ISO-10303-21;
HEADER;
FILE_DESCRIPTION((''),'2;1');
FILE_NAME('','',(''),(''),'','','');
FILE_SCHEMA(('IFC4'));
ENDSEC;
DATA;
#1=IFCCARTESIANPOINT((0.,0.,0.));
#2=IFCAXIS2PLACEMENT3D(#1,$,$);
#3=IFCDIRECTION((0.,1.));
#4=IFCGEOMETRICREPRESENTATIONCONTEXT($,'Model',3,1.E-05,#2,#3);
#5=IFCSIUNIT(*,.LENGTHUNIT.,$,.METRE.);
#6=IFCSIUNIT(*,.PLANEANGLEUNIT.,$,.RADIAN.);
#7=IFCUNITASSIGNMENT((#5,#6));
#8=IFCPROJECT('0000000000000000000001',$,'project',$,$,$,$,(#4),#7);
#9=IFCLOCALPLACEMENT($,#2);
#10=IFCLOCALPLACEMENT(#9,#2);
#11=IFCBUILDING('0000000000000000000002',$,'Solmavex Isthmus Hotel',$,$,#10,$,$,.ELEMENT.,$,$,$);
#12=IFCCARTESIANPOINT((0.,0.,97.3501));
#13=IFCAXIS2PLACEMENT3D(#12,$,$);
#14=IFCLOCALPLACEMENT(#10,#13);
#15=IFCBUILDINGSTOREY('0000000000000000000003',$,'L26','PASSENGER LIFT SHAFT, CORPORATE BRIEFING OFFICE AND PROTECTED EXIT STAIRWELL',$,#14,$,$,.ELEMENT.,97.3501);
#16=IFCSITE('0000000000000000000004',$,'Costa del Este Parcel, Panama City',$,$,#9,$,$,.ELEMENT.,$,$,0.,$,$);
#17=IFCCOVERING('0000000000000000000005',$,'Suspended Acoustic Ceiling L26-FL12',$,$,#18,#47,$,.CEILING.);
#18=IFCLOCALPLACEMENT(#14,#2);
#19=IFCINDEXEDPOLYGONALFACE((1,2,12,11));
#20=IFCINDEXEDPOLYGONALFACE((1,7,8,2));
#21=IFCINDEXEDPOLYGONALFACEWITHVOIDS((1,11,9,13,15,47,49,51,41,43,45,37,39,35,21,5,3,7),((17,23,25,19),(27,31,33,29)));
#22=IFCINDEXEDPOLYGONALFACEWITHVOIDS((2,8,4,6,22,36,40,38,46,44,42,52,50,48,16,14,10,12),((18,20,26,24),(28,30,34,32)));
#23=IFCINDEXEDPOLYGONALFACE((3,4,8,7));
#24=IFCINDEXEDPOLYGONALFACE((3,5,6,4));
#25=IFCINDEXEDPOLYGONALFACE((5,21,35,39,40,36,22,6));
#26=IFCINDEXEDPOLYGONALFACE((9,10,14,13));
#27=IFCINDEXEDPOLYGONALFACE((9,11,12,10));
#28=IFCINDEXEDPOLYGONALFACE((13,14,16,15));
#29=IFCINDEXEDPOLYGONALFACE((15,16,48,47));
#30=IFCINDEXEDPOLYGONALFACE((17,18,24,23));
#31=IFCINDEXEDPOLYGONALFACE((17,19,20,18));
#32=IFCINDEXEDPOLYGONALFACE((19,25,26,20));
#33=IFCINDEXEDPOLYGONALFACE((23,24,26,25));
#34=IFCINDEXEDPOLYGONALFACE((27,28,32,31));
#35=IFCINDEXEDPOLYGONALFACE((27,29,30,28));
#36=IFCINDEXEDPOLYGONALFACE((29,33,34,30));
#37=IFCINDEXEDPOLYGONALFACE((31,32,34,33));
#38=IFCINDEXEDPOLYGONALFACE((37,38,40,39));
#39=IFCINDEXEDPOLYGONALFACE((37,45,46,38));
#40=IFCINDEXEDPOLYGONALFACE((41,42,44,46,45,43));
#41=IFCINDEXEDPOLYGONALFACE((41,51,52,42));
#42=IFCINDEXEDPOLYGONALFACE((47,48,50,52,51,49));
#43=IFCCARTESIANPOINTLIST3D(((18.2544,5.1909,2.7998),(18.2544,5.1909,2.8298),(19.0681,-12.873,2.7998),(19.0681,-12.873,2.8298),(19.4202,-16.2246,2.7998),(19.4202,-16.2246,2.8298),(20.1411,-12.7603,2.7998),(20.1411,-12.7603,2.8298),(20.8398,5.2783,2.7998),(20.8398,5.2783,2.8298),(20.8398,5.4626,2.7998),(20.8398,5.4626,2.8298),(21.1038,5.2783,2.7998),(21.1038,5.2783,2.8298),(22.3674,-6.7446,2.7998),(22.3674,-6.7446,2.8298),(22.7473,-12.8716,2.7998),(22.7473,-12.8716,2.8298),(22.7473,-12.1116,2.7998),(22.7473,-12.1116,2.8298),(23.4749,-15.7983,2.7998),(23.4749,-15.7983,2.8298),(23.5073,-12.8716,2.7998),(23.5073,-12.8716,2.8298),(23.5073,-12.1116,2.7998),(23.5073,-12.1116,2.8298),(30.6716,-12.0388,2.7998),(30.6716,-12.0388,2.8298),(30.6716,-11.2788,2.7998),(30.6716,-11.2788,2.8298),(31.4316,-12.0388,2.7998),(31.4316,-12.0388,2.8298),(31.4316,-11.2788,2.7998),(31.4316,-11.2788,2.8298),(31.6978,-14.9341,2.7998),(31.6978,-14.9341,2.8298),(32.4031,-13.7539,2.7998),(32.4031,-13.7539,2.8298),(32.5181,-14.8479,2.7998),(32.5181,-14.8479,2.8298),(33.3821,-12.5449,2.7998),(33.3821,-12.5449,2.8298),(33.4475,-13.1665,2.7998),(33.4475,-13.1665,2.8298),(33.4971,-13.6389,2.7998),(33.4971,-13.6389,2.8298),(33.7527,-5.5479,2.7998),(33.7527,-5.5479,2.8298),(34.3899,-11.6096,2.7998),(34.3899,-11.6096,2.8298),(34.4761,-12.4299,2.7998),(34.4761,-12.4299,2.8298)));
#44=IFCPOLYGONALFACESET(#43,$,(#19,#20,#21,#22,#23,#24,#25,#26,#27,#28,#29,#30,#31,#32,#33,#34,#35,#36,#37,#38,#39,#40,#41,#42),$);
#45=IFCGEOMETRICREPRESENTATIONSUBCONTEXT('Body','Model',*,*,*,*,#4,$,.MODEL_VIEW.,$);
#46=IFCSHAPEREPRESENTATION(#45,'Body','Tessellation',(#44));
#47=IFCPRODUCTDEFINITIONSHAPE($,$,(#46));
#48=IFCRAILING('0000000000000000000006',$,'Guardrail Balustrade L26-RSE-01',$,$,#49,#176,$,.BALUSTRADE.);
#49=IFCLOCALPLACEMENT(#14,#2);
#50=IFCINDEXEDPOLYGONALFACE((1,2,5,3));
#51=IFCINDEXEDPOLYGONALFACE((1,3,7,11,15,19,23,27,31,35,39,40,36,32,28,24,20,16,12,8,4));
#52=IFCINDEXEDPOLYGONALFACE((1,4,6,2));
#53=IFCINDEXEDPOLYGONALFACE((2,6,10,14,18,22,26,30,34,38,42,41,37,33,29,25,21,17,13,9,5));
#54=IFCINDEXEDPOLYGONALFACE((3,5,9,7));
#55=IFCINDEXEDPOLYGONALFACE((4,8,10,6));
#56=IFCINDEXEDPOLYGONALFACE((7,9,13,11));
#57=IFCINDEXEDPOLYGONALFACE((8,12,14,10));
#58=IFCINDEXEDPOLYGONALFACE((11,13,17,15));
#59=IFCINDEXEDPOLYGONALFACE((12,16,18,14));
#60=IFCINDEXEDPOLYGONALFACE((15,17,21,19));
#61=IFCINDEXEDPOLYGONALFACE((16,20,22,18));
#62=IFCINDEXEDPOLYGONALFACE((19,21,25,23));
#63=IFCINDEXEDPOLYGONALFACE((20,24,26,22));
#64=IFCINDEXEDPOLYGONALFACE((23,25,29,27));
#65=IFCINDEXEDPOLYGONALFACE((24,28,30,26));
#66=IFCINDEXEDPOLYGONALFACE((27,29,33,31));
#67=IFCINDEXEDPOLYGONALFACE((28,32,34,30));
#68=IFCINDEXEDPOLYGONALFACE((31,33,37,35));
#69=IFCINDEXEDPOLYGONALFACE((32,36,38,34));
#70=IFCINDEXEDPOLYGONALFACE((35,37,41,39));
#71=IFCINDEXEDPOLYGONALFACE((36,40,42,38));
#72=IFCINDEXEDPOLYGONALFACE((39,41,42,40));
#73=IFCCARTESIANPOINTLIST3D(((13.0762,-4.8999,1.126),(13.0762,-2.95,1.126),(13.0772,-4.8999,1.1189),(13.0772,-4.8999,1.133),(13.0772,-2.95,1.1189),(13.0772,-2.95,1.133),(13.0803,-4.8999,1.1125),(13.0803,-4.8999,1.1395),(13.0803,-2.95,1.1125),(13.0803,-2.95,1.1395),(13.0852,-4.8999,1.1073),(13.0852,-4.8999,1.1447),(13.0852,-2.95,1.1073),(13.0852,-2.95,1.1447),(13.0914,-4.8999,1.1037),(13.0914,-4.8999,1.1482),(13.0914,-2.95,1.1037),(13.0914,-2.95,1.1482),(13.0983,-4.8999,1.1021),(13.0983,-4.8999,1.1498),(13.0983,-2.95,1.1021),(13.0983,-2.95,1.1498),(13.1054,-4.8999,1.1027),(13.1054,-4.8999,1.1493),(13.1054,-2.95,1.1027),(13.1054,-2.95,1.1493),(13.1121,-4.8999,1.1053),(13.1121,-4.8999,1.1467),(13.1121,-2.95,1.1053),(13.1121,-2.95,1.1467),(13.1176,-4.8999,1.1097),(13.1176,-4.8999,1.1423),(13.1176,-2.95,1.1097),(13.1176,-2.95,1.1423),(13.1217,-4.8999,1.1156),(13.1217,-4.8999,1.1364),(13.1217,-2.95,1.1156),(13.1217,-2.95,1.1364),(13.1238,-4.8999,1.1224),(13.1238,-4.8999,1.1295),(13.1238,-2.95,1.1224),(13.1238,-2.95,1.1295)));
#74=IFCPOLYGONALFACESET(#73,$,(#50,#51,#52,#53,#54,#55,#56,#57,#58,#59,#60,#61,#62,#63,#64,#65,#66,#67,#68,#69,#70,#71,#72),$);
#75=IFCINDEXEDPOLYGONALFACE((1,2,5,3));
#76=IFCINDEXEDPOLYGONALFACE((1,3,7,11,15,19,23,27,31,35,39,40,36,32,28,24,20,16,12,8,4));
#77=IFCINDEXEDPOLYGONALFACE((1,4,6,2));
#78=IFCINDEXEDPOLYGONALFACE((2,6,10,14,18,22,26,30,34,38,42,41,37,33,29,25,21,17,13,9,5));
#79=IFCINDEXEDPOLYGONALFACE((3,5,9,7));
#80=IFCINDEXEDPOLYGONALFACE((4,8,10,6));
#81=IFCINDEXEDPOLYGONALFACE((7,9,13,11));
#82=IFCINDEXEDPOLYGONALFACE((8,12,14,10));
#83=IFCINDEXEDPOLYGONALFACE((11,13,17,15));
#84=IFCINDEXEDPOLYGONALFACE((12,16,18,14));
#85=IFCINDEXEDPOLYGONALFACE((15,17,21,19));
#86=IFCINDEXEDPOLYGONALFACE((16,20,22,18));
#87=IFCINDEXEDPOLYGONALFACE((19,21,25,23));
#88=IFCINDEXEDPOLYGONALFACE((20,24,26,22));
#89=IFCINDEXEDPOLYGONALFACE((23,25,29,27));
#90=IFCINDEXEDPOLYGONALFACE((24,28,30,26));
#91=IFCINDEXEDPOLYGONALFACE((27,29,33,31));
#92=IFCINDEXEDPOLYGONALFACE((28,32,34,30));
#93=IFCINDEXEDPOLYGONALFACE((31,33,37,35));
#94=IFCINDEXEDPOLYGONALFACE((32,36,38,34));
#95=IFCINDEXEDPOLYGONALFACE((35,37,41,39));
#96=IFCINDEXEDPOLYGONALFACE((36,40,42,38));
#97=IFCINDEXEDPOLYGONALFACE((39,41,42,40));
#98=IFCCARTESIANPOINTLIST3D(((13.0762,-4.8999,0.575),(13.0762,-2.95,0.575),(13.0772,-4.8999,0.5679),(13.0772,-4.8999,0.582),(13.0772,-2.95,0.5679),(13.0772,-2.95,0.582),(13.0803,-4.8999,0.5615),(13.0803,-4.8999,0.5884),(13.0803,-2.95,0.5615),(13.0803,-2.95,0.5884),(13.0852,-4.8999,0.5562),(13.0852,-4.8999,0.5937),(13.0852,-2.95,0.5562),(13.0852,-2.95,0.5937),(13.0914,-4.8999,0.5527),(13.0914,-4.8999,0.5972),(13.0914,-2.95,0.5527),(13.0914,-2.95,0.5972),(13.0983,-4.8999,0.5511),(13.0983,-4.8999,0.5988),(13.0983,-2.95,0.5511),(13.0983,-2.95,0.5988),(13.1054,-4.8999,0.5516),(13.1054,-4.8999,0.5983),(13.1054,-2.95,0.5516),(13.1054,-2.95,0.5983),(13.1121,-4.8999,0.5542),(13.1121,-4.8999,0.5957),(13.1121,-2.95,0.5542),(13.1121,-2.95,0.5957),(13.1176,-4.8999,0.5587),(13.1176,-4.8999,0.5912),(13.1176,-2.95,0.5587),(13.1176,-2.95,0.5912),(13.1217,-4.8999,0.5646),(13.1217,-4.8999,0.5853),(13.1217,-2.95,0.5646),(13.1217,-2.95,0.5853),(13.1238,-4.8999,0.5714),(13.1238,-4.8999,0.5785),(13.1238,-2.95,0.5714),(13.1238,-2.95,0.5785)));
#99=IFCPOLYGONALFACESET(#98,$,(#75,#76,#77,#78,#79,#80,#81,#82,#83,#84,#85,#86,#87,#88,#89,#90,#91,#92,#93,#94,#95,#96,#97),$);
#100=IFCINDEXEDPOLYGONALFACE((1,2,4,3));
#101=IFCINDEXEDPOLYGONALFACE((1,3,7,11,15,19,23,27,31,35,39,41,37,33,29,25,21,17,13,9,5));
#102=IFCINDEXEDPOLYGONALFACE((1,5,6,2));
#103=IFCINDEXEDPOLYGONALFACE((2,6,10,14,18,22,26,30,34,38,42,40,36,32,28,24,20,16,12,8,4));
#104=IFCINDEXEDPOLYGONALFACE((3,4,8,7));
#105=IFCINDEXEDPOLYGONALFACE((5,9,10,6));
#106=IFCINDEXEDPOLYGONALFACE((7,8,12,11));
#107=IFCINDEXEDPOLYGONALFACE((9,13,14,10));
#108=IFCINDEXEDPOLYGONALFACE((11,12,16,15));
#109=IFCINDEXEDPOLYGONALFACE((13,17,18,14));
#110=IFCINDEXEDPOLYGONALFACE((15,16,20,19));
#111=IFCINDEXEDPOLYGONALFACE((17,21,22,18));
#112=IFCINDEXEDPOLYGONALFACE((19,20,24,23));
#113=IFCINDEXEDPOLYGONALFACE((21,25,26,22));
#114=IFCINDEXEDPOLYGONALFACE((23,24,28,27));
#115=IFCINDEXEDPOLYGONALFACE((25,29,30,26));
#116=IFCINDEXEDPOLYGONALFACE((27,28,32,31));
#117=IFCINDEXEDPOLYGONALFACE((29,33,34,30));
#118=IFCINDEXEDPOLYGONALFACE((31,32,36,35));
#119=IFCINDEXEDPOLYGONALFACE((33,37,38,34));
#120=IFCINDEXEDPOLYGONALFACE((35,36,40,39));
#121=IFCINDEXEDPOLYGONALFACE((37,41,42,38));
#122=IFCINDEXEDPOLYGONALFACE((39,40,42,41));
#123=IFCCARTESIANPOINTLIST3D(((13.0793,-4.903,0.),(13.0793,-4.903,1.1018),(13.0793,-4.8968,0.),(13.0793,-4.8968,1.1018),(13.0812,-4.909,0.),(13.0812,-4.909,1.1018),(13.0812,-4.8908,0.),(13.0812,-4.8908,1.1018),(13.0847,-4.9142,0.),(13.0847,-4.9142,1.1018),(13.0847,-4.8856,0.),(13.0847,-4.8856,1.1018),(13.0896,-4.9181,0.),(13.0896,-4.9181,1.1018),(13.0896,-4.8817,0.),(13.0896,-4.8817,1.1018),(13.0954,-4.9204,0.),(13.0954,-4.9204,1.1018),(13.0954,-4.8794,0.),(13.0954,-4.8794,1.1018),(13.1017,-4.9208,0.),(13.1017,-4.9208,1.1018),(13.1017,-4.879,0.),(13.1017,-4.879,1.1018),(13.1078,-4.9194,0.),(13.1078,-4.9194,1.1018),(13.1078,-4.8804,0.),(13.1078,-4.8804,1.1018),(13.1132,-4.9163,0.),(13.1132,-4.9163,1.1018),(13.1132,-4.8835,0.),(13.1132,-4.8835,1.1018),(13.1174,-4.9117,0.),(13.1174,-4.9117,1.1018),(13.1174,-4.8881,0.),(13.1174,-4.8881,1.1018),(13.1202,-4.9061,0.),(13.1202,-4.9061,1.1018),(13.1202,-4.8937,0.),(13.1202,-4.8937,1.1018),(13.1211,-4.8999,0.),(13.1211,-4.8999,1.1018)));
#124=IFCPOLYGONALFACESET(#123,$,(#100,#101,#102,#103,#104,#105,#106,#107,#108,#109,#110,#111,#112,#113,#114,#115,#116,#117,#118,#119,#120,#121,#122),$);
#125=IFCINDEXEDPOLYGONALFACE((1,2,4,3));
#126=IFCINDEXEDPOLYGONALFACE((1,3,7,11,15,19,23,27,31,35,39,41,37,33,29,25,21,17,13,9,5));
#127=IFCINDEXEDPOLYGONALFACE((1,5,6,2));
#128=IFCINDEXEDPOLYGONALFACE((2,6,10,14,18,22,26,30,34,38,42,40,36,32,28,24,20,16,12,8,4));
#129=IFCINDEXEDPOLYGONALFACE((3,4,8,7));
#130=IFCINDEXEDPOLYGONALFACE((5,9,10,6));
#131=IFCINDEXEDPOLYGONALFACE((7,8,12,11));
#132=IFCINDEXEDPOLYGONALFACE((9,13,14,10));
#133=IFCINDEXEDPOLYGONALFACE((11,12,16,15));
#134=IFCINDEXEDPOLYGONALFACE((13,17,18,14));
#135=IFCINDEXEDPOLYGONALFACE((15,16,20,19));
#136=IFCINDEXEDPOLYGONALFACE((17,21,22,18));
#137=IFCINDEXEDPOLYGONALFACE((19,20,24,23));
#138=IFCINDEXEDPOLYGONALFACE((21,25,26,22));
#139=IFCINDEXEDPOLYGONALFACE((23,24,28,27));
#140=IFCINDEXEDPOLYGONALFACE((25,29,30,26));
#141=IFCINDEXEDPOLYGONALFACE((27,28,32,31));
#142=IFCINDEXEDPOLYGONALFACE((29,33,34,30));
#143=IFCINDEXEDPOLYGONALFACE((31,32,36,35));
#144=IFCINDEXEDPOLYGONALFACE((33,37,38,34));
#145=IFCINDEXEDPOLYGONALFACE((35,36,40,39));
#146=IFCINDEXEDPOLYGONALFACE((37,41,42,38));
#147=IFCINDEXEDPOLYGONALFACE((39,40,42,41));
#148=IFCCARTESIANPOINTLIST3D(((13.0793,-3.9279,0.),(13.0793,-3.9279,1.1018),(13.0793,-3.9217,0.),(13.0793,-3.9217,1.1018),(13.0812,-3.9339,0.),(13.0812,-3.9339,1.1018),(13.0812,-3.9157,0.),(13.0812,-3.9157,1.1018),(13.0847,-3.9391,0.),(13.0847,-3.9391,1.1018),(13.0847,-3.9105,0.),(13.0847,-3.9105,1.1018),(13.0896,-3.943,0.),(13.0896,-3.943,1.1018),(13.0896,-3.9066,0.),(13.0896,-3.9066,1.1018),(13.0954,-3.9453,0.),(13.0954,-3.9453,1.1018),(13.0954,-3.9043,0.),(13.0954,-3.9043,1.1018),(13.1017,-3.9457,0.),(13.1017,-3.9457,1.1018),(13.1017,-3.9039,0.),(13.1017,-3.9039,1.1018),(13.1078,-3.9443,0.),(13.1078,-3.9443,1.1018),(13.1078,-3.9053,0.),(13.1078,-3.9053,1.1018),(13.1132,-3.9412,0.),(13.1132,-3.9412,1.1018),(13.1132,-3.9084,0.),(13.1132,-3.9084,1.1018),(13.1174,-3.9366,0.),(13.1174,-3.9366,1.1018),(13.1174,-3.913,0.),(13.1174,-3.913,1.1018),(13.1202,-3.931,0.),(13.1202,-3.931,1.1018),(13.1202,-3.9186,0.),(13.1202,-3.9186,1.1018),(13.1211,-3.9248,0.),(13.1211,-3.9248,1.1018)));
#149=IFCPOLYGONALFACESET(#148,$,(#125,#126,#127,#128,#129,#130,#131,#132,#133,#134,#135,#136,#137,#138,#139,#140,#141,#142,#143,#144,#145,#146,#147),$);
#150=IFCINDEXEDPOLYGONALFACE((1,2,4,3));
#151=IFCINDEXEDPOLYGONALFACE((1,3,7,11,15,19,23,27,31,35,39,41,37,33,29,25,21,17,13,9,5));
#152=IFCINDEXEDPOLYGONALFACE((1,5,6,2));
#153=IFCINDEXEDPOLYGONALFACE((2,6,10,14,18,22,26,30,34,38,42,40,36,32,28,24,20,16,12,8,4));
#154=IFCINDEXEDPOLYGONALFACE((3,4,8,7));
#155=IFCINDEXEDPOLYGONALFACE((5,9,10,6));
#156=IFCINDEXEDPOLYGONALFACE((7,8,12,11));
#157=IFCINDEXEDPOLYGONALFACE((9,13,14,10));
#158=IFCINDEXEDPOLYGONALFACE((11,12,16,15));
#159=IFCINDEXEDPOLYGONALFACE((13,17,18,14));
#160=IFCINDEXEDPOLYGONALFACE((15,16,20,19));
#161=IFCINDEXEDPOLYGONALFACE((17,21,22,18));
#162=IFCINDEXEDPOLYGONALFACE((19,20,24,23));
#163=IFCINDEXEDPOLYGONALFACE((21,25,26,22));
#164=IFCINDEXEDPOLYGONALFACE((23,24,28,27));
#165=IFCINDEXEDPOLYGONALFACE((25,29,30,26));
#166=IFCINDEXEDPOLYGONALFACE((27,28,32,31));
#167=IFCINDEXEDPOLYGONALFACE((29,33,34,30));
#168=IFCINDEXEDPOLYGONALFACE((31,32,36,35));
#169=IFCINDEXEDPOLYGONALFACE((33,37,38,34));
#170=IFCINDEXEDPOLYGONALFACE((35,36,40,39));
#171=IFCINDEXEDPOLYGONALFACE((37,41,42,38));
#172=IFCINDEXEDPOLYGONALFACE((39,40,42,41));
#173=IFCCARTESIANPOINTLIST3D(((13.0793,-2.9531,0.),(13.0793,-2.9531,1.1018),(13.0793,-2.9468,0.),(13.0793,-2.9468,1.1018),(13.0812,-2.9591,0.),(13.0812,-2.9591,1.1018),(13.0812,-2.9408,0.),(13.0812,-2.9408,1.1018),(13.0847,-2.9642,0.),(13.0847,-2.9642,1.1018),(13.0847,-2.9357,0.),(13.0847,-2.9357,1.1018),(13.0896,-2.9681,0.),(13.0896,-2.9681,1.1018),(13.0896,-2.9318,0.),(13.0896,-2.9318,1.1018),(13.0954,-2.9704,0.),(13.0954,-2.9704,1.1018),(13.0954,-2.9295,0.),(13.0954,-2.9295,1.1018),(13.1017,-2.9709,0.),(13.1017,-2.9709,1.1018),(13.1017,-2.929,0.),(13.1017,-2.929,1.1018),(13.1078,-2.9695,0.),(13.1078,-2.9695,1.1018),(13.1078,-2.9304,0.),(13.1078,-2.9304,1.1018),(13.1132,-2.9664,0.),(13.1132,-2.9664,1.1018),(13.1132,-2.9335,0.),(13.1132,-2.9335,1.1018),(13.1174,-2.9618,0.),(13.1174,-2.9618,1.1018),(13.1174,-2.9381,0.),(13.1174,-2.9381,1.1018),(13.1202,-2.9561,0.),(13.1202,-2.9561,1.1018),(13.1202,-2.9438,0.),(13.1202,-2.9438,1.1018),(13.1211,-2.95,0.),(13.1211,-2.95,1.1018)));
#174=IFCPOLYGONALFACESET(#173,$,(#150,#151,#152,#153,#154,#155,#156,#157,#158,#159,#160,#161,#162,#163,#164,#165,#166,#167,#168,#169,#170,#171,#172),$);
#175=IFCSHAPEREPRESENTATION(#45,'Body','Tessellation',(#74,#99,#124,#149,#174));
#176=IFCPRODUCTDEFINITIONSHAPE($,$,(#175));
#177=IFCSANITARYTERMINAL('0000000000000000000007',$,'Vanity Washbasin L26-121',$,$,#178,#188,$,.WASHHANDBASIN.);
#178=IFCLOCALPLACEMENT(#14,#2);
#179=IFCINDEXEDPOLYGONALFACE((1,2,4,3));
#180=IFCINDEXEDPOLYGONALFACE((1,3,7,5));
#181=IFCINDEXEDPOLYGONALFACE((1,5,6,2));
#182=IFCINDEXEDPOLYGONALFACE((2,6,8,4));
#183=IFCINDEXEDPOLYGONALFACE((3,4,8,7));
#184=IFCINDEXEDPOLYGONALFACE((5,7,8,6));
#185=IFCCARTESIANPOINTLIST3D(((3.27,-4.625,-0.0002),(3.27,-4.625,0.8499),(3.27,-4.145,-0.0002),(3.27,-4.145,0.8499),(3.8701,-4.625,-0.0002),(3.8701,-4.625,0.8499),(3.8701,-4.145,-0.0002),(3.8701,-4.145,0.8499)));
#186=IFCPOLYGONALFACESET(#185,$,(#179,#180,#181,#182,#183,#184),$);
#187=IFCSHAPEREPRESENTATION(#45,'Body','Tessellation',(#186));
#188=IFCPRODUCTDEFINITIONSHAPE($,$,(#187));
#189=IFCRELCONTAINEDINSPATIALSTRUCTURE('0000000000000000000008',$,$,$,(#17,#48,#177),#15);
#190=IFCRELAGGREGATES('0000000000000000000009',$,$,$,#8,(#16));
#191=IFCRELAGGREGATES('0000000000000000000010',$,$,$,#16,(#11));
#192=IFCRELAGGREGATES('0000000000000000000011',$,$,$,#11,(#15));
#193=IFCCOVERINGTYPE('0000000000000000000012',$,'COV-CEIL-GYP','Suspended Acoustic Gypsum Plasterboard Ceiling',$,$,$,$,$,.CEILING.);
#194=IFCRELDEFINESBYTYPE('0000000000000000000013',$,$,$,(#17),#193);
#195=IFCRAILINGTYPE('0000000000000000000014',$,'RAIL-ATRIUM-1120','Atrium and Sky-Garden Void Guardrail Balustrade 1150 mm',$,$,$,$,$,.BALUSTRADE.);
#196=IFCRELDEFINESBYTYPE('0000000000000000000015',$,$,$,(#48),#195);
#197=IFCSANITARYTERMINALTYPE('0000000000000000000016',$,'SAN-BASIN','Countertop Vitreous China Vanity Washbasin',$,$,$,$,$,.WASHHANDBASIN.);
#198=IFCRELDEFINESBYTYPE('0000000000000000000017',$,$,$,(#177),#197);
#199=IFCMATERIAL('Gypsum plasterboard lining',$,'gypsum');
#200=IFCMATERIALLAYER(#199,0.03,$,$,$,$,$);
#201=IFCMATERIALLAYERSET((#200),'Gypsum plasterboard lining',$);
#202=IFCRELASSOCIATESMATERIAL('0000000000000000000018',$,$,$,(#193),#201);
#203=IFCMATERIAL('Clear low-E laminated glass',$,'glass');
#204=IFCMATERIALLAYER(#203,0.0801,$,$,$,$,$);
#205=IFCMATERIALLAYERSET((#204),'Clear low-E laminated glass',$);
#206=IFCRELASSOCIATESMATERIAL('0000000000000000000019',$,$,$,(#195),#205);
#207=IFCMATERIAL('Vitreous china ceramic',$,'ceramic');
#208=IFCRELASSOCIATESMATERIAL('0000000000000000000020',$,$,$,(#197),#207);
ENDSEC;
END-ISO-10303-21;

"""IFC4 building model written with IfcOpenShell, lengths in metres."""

from ifc_helpers import new_model, si_unit, direction, frame, origin, origin_2d, place, context, subcontext, project, spatial, polyline, rectangle, circle, outline, extrude, material, layer, layer_set, type_object, element, save


model = new_model("IFC4")

# Units and contexts
model_context = context("Model", 3, precision=1e-05, world=origin(), true_north=direction((0.0, 1.0)))
body_context = subcontext(model_context, "Body", "Model", "MODEL_VIEW")
ifc_project = project(units=[si_unit("LENGTHUNIT", "METRE"), si_unit("PLANEANGLEUNIT", "RADIAN")], contexts=[model_context])

# Site, building, storey
site_placement = place(None, origin())
site = spatial("IfcSite", under=ifc_project, at=site_placement, Name="Costa del Este Parcel, Panama City", CompositionType="ELEMENT", RefElevation=0.0)
building_placement = place(site_placement, origin())
building = spatial("IfcBuilding", under=site, at=building_placement, Name="Solmavex Isthmus Hotel", CompositionType="ELEMENT")
storey_placement = place(building_placement, frame((0.0, 0.0, 97.3501)))
storey = spatial("IfcBuildingStorey", under=building, at=storey_placement, Name="L26", Description="PASSENGER LIFT SHAFT, CORPORATE BRIEFING OFFICE AND PROTECTED EXIT STAIRWELL", CompositionType="ELEMENT", Elevation=97.3501)

# Shared definitions
ifc_material_1 = material(Name="Gypsum plasterboard lining", Category="gypsum")

# Covering
ifc_layer_1 = layer(ifc_material_1, 0.03)
ifc_layer_set_1 = layer_set([ifc_layer_1], Name="Gypsum plasterboard lining")
covering_type = type_object("IfcCoveringType", Name="COV-CEIL-GYP", Description="Suspended Acoustic Gypsum Plasterboard Ceiling", PredefinedType="CEILING", material=ifc_layer_set_1)
covering_placement = place(storey_placement, frame((0.0, 0.0, 2.7998)))
element("IfcCovering", 1, at=covering_placement, inside=storey, type_object=covering_type, Name="Suspended Acoustic Ceiling L26-FL12", PredefinedType="CEILING", context=body_context, shape_type="SweptSolid", body=[
    extrude(outline(polyline([(21.1038, 5.2783), (20.8398, 5.2783), (20.8398, 5.4626), (18.2544, 5.1909), (20.1411, -12.7603), (19.0681, -12.873), (19.4202, -16.2246), (23.4749, -15.7983), (31.6978, -14.9341), (32.5181, -14.8479), (32.4031, -13.7539), (33.4971, -13.6389), (33.4475, -13.1665), (33.3821, -12.5449), (34.4761, -12.4299), (34.3899, -11.6096), (33.7527, -5.5479), (22.3674, -6.7446), (21.1038, 5.2783)]), holes=[polyline([(30.6716, -12.0388), (30.6716, -11.2788), (31.4316, -11.2788), (31.4316, -12.0388), (30.6716, -12.0388)]), polyline([(22.7473, -12.8716), (22.7473, -12.1116), (23.5073, -12.1116), (23.5073, -12.8716), (22.7473, -12.8716)])]), origin(), (0.0, 0.0, 1.0), 0.03),
])

# Railing
ifc_material_2 = material(Name="Clear low-E laminated glass", Category="glass")
ifc_layer_2 = layer(ifc_material_2, 0.0801)
ifc_layer_set_2 = layer_set([ifc_layer_2], Name="Clear low-E laminated glass")
railing_type = type_object("IfcRailingType", Name="RAIL-ATRIUM-1120", Description="Atrium and Sky-Garden Void Guardrail Balustrade 1150 mm", PredefinedType="BALUSTRADE", material=ifc_layer_set_2)
railing_placement = place(storey_placement, frame((13.1001, -4.8999, 0.0)))
element("IfcRailing", 2, at=railing_placement, inside=storey, type_object=railing_type, Name="Guardrail Balustrade L26-RSE-01", PredefinedType="BALUSTRADE", context=body_context, shape_type="SweptSolid", body=[
    extrude(circle(Radius=0.0239, at=origin_2d()), frame((0.0, 0.0, 1.126), z_axis=(0.0, 1.0, 0.0), x_axis=(-1.0, 0.0, 0.0)), (0.0, 0.0, 1.0), 1.95),
    extrude(circle(Radius=0.0239, at=origin_2d()), frame((0.0, 0.0, 0.575), z_axis=(0.0, 1.0, 0.0), x_axis=(-1.0, 0.0, 0.0)), (0.0, 0.0, 1.0), 1.95),
    extrude(circle(Radius=0.021, at=origin_2d()), origin(), (0.0, 0.0, 1.0), 1.1018),
    extrude(circle(Radius=0.021, at=origin_2d()), frame((0.0, 0.9751, 0.0)), (0.0, 0.0, 1.0), 1.1018),
    extrude(circle(Radius=0.021, at=origin_2d()), frame((0.0, 1.95, 0.0)), (0.0, 0.0, 1.0), 1.1018),
])

# Sanitary terminal
ifc_material_3 = material(Name="Vitreous china ceramic", Category="ceramic")
sanitary_terminal_type_1 = type_object("IfcSanitaryTerminalType", Name="SAN-BASIN", Description="Countertop Vitreous China Vanity Washbasin", PredefinedType="WASHHANDBASIN", material=ifc_material_3)
sanitary_terminal_1_placement = place(storey_placement, frame((3.5701, -4.385, -0.0002), z_axis=(0.0, 0.0, 1.0), x_axis=(1.0, 0.0, 0.0)))
element("IfcSanitaryTerminal", 3, at=sanitary_terminal_1_placement, inside=storey, type_object=sanitary_terminal_type_1, Name="Vanity Washbasin L26-121", PredefinedType="WASHHANDBASIN", context=body_context, shape_type="SweptSolid", body=[
    extrude(rectangle(XDim=0.6001, YDim=0.48, at=origin_2d()), origin(), (0.0, 0.0, 1.0), 0.8501),
])

save(model, "model.ifc")
